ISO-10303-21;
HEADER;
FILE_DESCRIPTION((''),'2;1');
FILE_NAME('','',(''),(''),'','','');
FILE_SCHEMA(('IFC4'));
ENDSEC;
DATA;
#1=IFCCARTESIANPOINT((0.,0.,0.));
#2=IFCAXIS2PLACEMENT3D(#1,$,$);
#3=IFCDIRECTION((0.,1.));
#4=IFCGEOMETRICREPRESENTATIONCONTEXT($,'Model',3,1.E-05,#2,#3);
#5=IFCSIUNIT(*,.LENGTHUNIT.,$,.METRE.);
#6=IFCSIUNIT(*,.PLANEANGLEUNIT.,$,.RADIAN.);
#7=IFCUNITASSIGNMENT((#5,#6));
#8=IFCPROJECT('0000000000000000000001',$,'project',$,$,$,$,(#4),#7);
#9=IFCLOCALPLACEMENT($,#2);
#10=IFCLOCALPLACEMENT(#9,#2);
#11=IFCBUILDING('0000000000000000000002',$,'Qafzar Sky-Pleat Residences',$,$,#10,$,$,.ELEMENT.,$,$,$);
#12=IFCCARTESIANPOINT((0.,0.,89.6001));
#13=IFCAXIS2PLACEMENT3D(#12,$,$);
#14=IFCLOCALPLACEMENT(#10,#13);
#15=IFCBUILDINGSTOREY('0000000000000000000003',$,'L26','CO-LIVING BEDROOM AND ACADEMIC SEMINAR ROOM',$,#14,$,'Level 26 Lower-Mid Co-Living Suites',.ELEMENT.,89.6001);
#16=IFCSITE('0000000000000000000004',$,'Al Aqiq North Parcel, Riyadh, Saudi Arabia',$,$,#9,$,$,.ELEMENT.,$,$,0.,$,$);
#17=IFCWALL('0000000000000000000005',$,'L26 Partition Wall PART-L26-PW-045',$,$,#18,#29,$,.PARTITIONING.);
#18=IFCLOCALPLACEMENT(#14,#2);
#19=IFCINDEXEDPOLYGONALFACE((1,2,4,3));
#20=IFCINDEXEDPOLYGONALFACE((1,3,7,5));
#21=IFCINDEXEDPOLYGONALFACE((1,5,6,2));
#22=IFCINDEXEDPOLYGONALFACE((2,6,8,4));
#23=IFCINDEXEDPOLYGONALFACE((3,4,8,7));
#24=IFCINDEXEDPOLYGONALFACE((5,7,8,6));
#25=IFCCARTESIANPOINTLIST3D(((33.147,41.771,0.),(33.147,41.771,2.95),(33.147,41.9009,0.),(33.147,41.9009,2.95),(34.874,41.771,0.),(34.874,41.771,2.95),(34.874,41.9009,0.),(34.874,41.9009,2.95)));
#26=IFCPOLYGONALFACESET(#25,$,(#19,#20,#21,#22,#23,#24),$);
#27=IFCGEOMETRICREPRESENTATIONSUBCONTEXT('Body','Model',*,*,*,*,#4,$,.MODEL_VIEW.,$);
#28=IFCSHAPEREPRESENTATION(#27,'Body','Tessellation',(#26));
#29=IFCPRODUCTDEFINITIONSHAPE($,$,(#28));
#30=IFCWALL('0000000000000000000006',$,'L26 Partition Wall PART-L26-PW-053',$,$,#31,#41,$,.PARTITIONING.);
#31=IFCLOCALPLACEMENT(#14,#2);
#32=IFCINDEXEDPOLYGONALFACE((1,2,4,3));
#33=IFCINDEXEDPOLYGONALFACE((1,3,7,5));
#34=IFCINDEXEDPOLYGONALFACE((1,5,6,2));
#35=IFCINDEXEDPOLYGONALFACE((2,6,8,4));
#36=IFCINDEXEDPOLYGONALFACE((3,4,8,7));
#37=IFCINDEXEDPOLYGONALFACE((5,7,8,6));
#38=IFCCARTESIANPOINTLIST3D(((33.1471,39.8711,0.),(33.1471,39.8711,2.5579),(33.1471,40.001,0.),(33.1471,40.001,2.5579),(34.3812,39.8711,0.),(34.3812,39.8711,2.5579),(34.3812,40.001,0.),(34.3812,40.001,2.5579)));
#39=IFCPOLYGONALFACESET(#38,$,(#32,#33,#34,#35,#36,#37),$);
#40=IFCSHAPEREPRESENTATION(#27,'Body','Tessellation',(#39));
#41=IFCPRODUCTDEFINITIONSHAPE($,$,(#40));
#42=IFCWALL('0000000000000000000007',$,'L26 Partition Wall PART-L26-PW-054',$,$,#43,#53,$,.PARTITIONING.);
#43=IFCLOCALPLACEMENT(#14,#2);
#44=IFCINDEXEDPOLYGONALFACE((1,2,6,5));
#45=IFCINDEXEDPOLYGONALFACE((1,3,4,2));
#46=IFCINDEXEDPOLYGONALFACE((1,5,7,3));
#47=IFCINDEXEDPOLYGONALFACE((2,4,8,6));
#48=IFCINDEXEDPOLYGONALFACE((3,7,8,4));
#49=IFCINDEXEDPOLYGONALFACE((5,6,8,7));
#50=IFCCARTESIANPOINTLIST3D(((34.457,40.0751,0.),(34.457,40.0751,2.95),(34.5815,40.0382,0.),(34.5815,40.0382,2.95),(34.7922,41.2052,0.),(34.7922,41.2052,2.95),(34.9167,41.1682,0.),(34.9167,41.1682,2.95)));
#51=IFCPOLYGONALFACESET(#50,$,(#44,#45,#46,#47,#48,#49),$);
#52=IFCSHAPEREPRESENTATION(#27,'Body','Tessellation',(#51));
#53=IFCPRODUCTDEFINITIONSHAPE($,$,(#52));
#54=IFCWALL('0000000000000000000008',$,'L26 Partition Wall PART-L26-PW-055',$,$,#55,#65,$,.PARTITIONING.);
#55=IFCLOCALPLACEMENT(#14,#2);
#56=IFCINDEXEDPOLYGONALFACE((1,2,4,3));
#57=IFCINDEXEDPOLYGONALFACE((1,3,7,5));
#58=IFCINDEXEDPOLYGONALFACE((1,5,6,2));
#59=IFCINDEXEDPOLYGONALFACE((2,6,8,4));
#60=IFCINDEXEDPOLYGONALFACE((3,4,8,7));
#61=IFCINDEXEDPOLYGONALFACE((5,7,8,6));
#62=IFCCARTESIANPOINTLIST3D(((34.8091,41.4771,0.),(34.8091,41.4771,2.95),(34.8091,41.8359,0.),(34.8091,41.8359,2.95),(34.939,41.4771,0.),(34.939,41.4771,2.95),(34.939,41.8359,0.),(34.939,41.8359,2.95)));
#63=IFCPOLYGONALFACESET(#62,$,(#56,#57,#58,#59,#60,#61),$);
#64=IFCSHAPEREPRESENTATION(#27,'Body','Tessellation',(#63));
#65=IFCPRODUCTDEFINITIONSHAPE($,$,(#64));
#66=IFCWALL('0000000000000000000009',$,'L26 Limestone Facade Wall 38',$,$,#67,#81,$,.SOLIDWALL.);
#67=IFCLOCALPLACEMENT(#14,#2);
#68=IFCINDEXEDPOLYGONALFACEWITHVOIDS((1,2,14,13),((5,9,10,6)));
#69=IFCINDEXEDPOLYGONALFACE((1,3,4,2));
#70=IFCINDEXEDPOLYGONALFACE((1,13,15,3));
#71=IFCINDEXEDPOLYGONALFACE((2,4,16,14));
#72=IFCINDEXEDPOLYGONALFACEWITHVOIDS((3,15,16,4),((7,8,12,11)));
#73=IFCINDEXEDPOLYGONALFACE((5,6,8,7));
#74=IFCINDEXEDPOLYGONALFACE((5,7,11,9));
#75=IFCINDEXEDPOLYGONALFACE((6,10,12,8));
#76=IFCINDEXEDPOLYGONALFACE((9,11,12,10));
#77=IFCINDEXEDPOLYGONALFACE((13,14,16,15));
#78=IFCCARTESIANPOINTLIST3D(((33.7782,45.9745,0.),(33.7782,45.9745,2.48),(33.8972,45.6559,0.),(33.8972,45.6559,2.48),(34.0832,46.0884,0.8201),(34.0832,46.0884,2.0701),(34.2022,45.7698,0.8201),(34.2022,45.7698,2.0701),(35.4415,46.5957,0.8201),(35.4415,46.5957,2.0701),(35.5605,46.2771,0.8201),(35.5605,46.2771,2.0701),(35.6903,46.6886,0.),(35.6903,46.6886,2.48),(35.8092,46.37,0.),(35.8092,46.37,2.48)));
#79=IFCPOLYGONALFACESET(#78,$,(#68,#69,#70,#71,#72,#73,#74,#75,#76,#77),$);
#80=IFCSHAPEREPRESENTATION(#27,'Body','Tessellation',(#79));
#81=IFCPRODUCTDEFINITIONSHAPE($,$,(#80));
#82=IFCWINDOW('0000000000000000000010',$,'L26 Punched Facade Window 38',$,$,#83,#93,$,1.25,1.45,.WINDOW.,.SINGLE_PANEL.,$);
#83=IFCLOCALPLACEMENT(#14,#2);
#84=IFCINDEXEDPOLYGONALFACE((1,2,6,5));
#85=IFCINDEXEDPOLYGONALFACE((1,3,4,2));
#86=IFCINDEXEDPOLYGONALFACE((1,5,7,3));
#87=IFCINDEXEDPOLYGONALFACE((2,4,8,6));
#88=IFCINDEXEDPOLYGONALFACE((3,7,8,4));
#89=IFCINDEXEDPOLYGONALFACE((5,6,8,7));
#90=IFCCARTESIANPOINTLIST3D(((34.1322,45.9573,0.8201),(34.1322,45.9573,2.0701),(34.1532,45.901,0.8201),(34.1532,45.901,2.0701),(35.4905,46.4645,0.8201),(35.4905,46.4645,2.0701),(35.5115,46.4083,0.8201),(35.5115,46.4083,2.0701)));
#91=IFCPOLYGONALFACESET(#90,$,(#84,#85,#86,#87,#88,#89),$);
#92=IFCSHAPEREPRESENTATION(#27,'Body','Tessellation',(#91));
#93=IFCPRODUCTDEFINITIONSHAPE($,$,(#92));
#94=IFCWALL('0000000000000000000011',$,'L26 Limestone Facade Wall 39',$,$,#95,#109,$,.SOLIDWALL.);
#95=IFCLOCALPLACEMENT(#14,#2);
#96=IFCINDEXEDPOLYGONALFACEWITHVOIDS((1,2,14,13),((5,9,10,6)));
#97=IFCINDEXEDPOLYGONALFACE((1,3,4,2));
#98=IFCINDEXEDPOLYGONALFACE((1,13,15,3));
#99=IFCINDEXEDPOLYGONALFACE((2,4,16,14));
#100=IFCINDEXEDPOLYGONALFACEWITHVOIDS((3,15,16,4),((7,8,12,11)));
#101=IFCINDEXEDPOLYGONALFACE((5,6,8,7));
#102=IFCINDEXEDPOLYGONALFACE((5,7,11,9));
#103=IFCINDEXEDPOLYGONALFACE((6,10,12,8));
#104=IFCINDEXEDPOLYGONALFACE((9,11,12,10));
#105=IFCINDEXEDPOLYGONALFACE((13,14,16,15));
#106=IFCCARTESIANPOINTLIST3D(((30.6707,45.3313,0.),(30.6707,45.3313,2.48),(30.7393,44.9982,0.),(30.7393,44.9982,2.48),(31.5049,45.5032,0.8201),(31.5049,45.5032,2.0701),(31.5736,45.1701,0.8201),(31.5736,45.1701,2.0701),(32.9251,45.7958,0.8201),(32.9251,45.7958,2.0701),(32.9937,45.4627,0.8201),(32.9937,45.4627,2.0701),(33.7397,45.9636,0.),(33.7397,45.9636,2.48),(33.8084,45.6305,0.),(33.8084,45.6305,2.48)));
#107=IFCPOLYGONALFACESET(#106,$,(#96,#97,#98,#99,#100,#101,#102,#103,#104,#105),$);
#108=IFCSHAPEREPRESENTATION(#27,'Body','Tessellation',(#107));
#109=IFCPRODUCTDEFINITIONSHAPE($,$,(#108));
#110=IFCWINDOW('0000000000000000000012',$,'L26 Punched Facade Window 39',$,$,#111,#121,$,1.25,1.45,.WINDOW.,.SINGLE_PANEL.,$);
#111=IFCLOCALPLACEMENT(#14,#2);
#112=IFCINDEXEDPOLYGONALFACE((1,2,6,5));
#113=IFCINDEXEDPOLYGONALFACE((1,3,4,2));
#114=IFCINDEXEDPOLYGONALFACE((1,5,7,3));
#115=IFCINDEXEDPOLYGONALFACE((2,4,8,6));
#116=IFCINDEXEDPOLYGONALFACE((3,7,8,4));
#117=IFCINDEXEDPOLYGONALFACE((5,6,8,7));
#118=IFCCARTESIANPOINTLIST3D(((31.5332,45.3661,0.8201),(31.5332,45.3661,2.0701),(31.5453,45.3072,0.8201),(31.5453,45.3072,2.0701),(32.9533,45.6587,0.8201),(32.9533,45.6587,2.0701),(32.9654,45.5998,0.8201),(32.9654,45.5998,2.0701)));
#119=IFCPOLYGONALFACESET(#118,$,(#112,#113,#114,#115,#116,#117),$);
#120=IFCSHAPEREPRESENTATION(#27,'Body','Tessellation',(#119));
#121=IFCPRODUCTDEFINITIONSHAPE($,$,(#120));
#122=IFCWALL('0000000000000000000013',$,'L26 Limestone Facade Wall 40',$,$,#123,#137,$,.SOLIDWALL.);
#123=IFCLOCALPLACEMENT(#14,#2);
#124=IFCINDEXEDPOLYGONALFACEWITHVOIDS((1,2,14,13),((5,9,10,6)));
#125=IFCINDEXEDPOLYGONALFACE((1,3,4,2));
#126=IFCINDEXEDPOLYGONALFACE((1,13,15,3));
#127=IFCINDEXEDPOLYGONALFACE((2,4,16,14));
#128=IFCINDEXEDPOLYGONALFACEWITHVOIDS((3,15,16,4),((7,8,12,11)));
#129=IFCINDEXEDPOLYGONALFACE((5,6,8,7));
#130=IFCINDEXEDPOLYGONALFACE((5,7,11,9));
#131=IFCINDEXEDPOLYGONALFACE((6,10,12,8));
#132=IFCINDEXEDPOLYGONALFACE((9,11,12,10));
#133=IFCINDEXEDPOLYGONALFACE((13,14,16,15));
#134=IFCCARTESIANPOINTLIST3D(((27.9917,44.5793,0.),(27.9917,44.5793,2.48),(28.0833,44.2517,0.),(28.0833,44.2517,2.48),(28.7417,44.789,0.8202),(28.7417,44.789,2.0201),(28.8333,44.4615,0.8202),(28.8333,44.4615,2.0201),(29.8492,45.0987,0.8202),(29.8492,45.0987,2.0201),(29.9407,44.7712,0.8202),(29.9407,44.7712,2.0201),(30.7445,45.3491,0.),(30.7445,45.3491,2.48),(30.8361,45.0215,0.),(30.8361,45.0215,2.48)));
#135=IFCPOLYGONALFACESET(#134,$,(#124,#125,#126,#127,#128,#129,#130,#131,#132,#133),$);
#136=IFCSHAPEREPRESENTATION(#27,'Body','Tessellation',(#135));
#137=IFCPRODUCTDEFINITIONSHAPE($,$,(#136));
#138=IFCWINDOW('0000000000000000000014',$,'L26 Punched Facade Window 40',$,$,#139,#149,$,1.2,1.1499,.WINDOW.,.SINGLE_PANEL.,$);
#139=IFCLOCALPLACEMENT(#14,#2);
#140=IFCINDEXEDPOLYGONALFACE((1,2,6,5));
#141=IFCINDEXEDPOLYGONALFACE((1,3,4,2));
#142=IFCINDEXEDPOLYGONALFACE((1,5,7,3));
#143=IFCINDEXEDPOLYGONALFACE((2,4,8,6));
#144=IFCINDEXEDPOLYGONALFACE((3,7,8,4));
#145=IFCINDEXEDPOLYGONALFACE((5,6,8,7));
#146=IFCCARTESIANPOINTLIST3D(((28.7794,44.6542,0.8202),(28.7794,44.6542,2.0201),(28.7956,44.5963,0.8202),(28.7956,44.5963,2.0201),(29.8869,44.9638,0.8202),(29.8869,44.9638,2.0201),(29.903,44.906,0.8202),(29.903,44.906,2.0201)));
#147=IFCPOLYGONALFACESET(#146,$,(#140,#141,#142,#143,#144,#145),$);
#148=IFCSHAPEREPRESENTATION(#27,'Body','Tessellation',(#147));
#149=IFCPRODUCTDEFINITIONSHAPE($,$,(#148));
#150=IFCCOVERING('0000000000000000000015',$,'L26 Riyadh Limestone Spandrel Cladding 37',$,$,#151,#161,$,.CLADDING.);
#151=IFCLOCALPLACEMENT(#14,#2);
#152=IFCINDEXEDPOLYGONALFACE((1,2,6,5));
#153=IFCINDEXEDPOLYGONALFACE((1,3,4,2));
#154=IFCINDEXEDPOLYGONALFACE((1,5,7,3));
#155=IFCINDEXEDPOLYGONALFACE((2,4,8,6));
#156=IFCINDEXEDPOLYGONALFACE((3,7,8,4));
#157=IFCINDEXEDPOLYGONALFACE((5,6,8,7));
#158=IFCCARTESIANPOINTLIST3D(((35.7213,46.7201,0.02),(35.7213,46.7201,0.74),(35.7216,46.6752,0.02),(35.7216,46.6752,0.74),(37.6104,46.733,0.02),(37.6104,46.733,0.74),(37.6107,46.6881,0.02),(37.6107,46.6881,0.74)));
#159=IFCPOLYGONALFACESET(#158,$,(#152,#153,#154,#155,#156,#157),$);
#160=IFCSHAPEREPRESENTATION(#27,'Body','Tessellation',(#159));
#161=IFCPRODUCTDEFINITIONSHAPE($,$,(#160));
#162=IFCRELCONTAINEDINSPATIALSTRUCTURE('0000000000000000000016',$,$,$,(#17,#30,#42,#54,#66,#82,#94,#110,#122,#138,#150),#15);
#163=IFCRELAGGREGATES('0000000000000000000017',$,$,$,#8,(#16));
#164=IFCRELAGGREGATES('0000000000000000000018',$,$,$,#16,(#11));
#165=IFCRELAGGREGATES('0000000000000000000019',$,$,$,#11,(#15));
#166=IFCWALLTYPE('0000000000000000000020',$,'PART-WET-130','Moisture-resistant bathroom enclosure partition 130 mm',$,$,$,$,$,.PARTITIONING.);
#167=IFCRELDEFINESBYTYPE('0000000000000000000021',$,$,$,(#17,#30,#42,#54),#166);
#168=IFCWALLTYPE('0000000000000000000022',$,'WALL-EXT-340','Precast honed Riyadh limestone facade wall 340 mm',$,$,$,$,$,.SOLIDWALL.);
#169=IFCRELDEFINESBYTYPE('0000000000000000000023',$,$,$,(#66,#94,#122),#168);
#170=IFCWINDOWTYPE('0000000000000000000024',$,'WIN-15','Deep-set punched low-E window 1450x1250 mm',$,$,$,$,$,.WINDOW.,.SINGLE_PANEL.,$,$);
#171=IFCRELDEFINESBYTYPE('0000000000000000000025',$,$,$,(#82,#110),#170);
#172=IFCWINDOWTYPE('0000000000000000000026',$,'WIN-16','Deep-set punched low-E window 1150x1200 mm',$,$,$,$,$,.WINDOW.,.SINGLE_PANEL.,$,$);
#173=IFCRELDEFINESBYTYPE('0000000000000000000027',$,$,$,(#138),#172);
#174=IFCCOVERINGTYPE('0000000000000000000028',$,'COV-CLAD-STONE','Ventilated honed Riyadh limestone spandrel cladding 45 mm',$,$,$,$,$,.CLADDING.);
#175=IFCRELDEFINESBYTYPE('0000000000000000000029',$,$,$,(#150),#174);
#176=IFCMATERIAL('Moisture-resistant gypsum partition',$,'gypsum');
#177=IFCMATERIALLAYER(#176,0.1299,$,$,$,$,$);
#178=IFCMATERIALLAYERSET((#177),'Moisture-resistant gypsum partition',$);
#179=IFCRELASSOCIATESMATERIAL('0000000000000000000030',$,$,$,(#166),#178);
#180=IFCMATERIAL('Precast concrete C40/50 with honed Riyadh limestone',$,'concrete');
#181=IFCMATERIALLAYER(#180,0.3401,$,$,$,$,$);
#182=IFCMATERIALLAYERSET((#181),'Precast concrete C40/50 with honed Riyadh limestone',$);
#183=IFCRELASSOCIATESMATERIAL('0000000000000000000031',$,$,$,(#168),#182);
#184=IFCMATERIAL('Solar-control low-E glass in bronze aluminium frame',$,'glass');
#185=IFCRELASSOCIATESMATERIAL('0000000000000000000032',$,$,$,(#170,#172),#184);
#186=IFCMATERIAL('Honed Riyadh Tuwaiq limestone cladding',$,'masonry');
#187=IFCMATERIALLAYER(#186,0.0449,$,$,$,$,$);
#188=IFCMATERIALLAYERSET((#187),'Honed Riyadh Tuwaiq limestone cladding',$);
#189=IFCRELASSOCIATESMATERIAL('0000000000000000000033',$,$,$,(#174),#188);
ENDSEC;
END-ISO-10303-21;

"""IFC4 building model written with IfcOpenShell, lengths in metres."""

from ifc_helpers import new_model, si_unit, direction, frame, frame_2d, origin, origin_2d, place, context, subcontext, project, spatial, rectangle, extrude, source, transform, mapped, material, layer, layer_set, type_object, element, fill, save


model = new_model("IFC4")

# Units and contexts
model_context = context("Model", 3, precision=1e-05, world=origin(), true_north=direction((0.0, 1.0)))
body_context = subcontext(model_context, "Body", "Model", "MODEL_VIEW")
ifc_project = project(units=[si_unit("LENGTHUNIT", "METRE"), si_unit("PLANEANGLEUNIT", "RADIAN")], contexts=[model_context])

# Site, building, storey
site_placement = place(None, origin())
site = spatial("IfcSite", under=ifc_project, at=site_placement, Name="Al Aqiq North Parcel, Riyadh, Saudi Arabia", CompositionType="ELEMENT", RefElevation=0.0)
building_placement = place(site_placement, origin())
building = spatial("IfcBuilding", under=site, at=building_placement, Name="Qafzar Sky-Pleat Residences", CompositionType="ELEMENT")
storey_placement = place(building_placement, frame((0.0, 0.0, 89.6001)))
storey = spatial("IfcBuildingStorey", under=building, at=storey_placement, Name="L26", Description="CO-LIVING BEDROOM AND ACADEMIC SEMINAR ROOM", LongName="Level 26 Lower-Mid Co-Living Suites", CompositionType="ELEMENT", Elevation=89.6001)

# Shared definitions
ifc_material_1 = material(Name="Moisture-resistant gypsum partition", Category="gypsum")
ifc_layer_1 = layer(ifc_material_1, 0.1299)
ifc_layer_set_1 = layer_set([ifc_layer_1], Name="Moisture-resistant gypsum partition")
wall_type_1 = type_object("IfcWallType", Name="PART-WET-130", Description="Moisture-resistant bathroom enclosure partition 130 mm", PredefinedType="PARTITIONING", material=ifc_layer_set_1)

# Walls
wall_1_placement = place(storey_placement, frame((33.147, 41.8359, 0.0), z_axis=(0.0, 0.0, 1.0), x_axis=(1.0, 0.0, 0.0)))
element("IfcWall", 1, at=wall_1_placement, inside=storey, type_object=wall_type_1, Name="L26 Partition Wall PART-L26-PW-045", PredefinedType="PARTITIONING", context=body_context, shape_type="SweptSolid", body=[
    extrude(rectangle(XDim=1.7271, YDim=0.1299, at=frame_2d((0.8635, 0.0))), origin(), (0.0, 0.0, 1.0), 2.95),
])
wall_2_placement = place(storey_placement, frame((33.147, 39.936, 0.0), z_axis=(0.0, 0.0, 1.0), x_axis=(1.0, 0.0, 0.0)))
element("IfcWall", 2, at=wall_2_placement, inside=storey, type_object=wall_type_1, Name="L26 Partition Wall PART-L26-PW-053", PredefinedType="PARTITIONING", context=body_context, shape_type="SweptSolid", body=[
    extrude(rectangle(XDim=1.2341, YDim=0.1299, at=frame_2d((0.6172, 0.0))), origin(), (0.0, 0.0, 1.0), 2.5579),
])
wall_3_placement = place(storey_placement, frame((34.5193, 40.0566, 0.0), z_axis=(0.0, 0.0, 1.0), x_axis=(0.284363, 0.958717, 0.0)))
element("IfcWall", 3, at=wall_3_placement, inside=storey, type_object=wall_type_1, Name="L26 Partition Wall PART-L26-PW-054", PredefinedType="PARTITIONING", context=body_context, shape_type="SweptSolid", body=[
    extrude(rectangle(XDim=1.1787, YDim=0.1299, at=frame_2d((0.5894, 0.0))), origin(), (0.0, 0.0, 1.0), 2.95),
])
wall_4_placement = place(storey_placement, frame((34.874, 41.4771, 0.0), z_axis=(0.0, 0.0, 1.0), x_axis=(0.0, 1.0, 0.0)))
element("IfcWall", 4, at=wall_4_placement, inside=storey, type_object=wall_type_1, Name="L26 Partition Wall PART-L26-PW-055", PredefinedType="PARTITIONING", context=body_context, shape_type="SweptSolid", body=[
    extrude(rectangle(XDim=0.3589, YDim=0.1299, at=frame_2d((0.1794, 0.0))), origin(), (0.0, 0.0, 1.0), 2.95),
])

# Walls, openings, windows
ifc_material_2 = material(Name="Precast concrete C40/50 with honed Riyadh limestone", Category="concrete")
ifc_layer_2 = layer(ifc_material_2, 0.3401)
ifc_layer_set_2 = layer_set([ifc_layer_2], Name="Precast concrete C40/50 with honed Riyadh limestone")
wall_type_2 = type_object("IfcWallType", Name="WALL-EXT-340", Description="Precast honed Riyadh limestone facade wall 340 mm", PredefinedType="SOLIDWALL", material=ifc_layer_set_2)
wall_5_placement = place(storey_placement, frame((35.7498, 46.5293, 0.0), z_axis=(0.0, 0.0, 1.0), x_axis=(-0.9368, -0.349865, 0.0)))
wall_5 = element("IfcWall", 5, at=wall_5_placement, inside=storey, type_object=wall_type_2, Name="L26 Limestone Facade Wall 38", PredefinedType="SOLIDWALL", context=body_context, shape_type="SweptSolid", body=[
    extrude(rectangle(XDim=2.041, YDim=0.3401, at=frame_2d((1.0205, 0.0))), origin(), (0.0, 0.0, 1.0), 2.48),
])
opening_1_placement = place(wall_5_placement, frame((0.2654, 0.0, 0.8201)))
opening_1 = element("IfcOpeningElement", 6, at=opening_1_placement, cuts=wall_5, PredefinedType="OPENING", context=body_context, shape_type="SweptSolid", body=[
    extrude(rectangle(XDim=1.45, YDim=1.25, at=frame_2d((0.7251, 0.625))), frame((0.0, 0.1802, 0.0), z_axis=(0.0, -1.0, 0.0), x_axis=(1.0, 0.0, 0.0)), (0.0, 0.0, 1.0), 0.3601),
])
ifc_material_3 = material(Name="Solar-control low-E glass in bronze aluminium frame", Category="glass")
window_type_1 = type_object("IfcWindowType", Name="WIN-15", Description="Deep-set punched low-E window 1450x1250 mm", PartitioningType="SINGLE_PANEL", PredefinedType="WINDOW", material=ifc_material_3)
shared_shape_1 = source(origin(), body_context, "Body", "SweptSolid", [
    extrude(rectangle(XDim=1.45, YDim=1.25, at=frame_2d((0.7251, 0.625))), frame((0.0, 0.03, 0.0), z_axis=(0.0, -1.0, 0.0), x_axis=(1.0, 0.0, 0.0)), (0.0, 0.0, 1.0), 0.0601),
])
window_1_placement = place(opening_1_placement, origin())
window_1 = element("IfcWindow", 7, at=window_1_placement, inside=storey, type_object=window_type_1, Name="L26 Punched Facade Window 38", OverallHeight=1.25, OverallWidth=1.45, PartitioningType="SINGLE_PANEL", PredefinedType="WINDOW", context=body_context, shape_type="MappedRepresentation", body=[
    mapped(shared_shape_1, transform((0.0, 0.0, 0.0), x_axis=(1.0, 0.0, 0.0), y_axis=(0.0, 1.0, 0.0), z_axis=(0.0, 0.0, 1.0), scale=1.0)),
])
fill(opening_1, window_1)
wall_6_placement = place(storey_placement, frame((33.7742, 45.7971, 0.0), z_axis=(0.0, 0.0, 1.0), x_axis=(-0.979429, -0.201791, 0.0)))
wall_6 = element("IfcWall", 8, at=wall_6_placement, inside=storey, type_object=wall_type_2, Name="L26 Limestone Facade Wall 39", PredefinedType="SOLIDWALL", context=body_context, shape_type="SweptSolid", body=[
    extrude(rectangle(XDim=3.1335, YDim=0.3401, at=frame_2d((1.5669, 0.0))), origin(), (0.0, 0.0, 1.0), 2.48),
])
opening_2_placement = place(wall_6_placement, frame((0.8318, 0.0, 0.8201)))
opening_2 = element("IfcOpeningElement", 9, at=opening_2_placement, cuts=wall_6, PredefinedType="OPENING", context=body_context, shape_type="SweptSolid", body=[
    extrude(rectangle(XDim=1.45, YDim=1.25, at=frame_2d((0.7251, 0.625))), frame((0.0, 0.1802, 0.0), z_axis=(0.0, -1.0, 0.0), x_axis=(1.0, 0.0, 0.0)), (0.0, 0.0, 1.0), 0.3601),
])
window_2_placement = place(opening_2_placement, origin())
window_2 = element("IfcWindow", 10, at=window_2_placement, inside=storey, type_object=window_type_1, Name="L26 Punched Facade Window 39", OverallHeight=1.25, OverallWidth=1.45, PartitioningType="SINGLE_PANEL", PredefinedType="WINDOW", context=body_context, shape_type="MappedRepresentation", body=[
    mapped(shared_shape_1, transform((0.0, 0.0, 0.0), x_axis=(1.0, 0.0, 0.0), y_axis=(0.0, 1.0, 0.0), z_axis=(0.0, 0.0, 1.0), scale=1.0)),
])
fill(opening_2, window_2)
wall_7_placement = place(storey_placement, frame((30.7903, 45.1853, 0.0), z_axis=(0.0, 0.0, 1.0), x_axis=(-0.963053, -0.269313, 0.0)))
wall_7 = element("IfcWall", 11, at=wall_7_placement, inside=storey, type_object=wall_type_2, Name="L26 Limestone Facade Wall 40", PredefinedType="SOLIDWALL", context=body_context, shape_type="SweptSolid", body=[
    extrude(rectangle(XDim=2.8584, YDim=0.3401, at=frame_2d((1.4292, 0.0))), origin(), (0.0, 0.0, 1.0), 2.48),
])
opening_3_placement = place(wall_7_placement, frame((0.9297, 0.0, 0.8201)))
opening_3 = element("IfcOpeningElement", 12, at=opening_3_placement, cuts=wall_7, PredefinedType="OPENING", context=body_context, shape_type="SweptSolid", body=[
    extrude(rectangle(XDim=1.1499, YDim=1.2, at=frame_2d((0.575, 0.6001))), frame((0.0, 0.1802, 0.0), z_axis=(0.0, -1.0, 0.0), x_axis=(1.0, 0.0, 0.0)), (0.0, 0.0, 1.0), 0.3601),
])
window_type_2 = type_object("IfcWindowType", Name="WIN-16", Description="Deep-set punched low-E window 1150x1200 mm", PartitioningType="SINGLE_PANEL", PredefinedType="WINDOW", material=ifc_material_3)
shared_shape_2 = source(origin(), body_context, "Body", "SweptSolid", [
    extrude(rectangle(XDim=1.1499, YDim=1.2, at=frame_2d((0.575, 0.6001))), frame((0.0, 0.03, 0.0), z_axis=(0.0, -1.0, 0.0), x_axis=(1.0, 0.0, 0.0)), (0.0, 0.0, 1.0), 0.0601),
])
window_3_placement = place(opening_3_placement, origin())
window_3 = element("IfcWindow", 13, at=window_3_placement, inside=storey, type_object=window_type_2, Name="L26 Punched Facade Window 40", OverallHeight=1.2, OverallWidth=1.1499, PartitioningType="SINGLE_PANEL", PredefinedType="WINDOW", context=body_context, shape_type="MappedRepresentation", body=[
    mapped(shared_shape_2, transform((0.0, 0.0, 0.0), x_axis=(1.0, 0.0, 0.0), y_axis=(0.0, 1.0, 0.0), z_axis=(0.0, 0.0, 1.0), scale=1.0)),
])
fill(opening_3, window_3)

# Covering
ifc_material_4 = material(Name="Honed Riyadh Tuwaiq limestone cladding", Category="masonry")
ifc_layer_3 = layer(ifc_material_4, 0.0449)
ifc_layer_set_3 = layer_set([ifc_layer_3], Name="Honed Riyadh Tuwaiq limestone cladding")
covering_type = type_object("IfcCoveringType", Name="COV-CLAD-STONE", Description="Ventilated honed Riyadh limestone spandrel cladding 45 mm", PredefinedType="CLADDING", material=ifc_layer_set_3)
shared_shape_3 = source(origin(), body_context, "Body", "SweptSolid", [
    extrude(rectangle(XDim=1.8892, YDim=0.0449, at=origin_2d()), origin(), (0.0, 0.0, 1.0), 0.72),
])
covering_placement = place(storey_placement, frame((36.666, 46.7041, 0.02), z_axis=(0.0, 0.0, 1.0), x_axis=(-0.999976, -0.006861, 0.0)))
element("IfcCovering", 14, at=covering_placement, inside=storey, type_object=covering_type, Name="L26 Riyadh Limestone Spandrel Cladding 37", PredefinedType="CLADDING", context=body_context, shape_type="MappedRepresentation", body=[
    mapped(shared_shape_3, transform((0.0, 0.0, 0.0), x_axis=(1.0, 0.0, 0.0), y_axis=(0.0, 1.0, 0.0), z_axis=(0.0, 0.0, 1.0), scale=1.0)),
])

save(model, "model.ifc")
